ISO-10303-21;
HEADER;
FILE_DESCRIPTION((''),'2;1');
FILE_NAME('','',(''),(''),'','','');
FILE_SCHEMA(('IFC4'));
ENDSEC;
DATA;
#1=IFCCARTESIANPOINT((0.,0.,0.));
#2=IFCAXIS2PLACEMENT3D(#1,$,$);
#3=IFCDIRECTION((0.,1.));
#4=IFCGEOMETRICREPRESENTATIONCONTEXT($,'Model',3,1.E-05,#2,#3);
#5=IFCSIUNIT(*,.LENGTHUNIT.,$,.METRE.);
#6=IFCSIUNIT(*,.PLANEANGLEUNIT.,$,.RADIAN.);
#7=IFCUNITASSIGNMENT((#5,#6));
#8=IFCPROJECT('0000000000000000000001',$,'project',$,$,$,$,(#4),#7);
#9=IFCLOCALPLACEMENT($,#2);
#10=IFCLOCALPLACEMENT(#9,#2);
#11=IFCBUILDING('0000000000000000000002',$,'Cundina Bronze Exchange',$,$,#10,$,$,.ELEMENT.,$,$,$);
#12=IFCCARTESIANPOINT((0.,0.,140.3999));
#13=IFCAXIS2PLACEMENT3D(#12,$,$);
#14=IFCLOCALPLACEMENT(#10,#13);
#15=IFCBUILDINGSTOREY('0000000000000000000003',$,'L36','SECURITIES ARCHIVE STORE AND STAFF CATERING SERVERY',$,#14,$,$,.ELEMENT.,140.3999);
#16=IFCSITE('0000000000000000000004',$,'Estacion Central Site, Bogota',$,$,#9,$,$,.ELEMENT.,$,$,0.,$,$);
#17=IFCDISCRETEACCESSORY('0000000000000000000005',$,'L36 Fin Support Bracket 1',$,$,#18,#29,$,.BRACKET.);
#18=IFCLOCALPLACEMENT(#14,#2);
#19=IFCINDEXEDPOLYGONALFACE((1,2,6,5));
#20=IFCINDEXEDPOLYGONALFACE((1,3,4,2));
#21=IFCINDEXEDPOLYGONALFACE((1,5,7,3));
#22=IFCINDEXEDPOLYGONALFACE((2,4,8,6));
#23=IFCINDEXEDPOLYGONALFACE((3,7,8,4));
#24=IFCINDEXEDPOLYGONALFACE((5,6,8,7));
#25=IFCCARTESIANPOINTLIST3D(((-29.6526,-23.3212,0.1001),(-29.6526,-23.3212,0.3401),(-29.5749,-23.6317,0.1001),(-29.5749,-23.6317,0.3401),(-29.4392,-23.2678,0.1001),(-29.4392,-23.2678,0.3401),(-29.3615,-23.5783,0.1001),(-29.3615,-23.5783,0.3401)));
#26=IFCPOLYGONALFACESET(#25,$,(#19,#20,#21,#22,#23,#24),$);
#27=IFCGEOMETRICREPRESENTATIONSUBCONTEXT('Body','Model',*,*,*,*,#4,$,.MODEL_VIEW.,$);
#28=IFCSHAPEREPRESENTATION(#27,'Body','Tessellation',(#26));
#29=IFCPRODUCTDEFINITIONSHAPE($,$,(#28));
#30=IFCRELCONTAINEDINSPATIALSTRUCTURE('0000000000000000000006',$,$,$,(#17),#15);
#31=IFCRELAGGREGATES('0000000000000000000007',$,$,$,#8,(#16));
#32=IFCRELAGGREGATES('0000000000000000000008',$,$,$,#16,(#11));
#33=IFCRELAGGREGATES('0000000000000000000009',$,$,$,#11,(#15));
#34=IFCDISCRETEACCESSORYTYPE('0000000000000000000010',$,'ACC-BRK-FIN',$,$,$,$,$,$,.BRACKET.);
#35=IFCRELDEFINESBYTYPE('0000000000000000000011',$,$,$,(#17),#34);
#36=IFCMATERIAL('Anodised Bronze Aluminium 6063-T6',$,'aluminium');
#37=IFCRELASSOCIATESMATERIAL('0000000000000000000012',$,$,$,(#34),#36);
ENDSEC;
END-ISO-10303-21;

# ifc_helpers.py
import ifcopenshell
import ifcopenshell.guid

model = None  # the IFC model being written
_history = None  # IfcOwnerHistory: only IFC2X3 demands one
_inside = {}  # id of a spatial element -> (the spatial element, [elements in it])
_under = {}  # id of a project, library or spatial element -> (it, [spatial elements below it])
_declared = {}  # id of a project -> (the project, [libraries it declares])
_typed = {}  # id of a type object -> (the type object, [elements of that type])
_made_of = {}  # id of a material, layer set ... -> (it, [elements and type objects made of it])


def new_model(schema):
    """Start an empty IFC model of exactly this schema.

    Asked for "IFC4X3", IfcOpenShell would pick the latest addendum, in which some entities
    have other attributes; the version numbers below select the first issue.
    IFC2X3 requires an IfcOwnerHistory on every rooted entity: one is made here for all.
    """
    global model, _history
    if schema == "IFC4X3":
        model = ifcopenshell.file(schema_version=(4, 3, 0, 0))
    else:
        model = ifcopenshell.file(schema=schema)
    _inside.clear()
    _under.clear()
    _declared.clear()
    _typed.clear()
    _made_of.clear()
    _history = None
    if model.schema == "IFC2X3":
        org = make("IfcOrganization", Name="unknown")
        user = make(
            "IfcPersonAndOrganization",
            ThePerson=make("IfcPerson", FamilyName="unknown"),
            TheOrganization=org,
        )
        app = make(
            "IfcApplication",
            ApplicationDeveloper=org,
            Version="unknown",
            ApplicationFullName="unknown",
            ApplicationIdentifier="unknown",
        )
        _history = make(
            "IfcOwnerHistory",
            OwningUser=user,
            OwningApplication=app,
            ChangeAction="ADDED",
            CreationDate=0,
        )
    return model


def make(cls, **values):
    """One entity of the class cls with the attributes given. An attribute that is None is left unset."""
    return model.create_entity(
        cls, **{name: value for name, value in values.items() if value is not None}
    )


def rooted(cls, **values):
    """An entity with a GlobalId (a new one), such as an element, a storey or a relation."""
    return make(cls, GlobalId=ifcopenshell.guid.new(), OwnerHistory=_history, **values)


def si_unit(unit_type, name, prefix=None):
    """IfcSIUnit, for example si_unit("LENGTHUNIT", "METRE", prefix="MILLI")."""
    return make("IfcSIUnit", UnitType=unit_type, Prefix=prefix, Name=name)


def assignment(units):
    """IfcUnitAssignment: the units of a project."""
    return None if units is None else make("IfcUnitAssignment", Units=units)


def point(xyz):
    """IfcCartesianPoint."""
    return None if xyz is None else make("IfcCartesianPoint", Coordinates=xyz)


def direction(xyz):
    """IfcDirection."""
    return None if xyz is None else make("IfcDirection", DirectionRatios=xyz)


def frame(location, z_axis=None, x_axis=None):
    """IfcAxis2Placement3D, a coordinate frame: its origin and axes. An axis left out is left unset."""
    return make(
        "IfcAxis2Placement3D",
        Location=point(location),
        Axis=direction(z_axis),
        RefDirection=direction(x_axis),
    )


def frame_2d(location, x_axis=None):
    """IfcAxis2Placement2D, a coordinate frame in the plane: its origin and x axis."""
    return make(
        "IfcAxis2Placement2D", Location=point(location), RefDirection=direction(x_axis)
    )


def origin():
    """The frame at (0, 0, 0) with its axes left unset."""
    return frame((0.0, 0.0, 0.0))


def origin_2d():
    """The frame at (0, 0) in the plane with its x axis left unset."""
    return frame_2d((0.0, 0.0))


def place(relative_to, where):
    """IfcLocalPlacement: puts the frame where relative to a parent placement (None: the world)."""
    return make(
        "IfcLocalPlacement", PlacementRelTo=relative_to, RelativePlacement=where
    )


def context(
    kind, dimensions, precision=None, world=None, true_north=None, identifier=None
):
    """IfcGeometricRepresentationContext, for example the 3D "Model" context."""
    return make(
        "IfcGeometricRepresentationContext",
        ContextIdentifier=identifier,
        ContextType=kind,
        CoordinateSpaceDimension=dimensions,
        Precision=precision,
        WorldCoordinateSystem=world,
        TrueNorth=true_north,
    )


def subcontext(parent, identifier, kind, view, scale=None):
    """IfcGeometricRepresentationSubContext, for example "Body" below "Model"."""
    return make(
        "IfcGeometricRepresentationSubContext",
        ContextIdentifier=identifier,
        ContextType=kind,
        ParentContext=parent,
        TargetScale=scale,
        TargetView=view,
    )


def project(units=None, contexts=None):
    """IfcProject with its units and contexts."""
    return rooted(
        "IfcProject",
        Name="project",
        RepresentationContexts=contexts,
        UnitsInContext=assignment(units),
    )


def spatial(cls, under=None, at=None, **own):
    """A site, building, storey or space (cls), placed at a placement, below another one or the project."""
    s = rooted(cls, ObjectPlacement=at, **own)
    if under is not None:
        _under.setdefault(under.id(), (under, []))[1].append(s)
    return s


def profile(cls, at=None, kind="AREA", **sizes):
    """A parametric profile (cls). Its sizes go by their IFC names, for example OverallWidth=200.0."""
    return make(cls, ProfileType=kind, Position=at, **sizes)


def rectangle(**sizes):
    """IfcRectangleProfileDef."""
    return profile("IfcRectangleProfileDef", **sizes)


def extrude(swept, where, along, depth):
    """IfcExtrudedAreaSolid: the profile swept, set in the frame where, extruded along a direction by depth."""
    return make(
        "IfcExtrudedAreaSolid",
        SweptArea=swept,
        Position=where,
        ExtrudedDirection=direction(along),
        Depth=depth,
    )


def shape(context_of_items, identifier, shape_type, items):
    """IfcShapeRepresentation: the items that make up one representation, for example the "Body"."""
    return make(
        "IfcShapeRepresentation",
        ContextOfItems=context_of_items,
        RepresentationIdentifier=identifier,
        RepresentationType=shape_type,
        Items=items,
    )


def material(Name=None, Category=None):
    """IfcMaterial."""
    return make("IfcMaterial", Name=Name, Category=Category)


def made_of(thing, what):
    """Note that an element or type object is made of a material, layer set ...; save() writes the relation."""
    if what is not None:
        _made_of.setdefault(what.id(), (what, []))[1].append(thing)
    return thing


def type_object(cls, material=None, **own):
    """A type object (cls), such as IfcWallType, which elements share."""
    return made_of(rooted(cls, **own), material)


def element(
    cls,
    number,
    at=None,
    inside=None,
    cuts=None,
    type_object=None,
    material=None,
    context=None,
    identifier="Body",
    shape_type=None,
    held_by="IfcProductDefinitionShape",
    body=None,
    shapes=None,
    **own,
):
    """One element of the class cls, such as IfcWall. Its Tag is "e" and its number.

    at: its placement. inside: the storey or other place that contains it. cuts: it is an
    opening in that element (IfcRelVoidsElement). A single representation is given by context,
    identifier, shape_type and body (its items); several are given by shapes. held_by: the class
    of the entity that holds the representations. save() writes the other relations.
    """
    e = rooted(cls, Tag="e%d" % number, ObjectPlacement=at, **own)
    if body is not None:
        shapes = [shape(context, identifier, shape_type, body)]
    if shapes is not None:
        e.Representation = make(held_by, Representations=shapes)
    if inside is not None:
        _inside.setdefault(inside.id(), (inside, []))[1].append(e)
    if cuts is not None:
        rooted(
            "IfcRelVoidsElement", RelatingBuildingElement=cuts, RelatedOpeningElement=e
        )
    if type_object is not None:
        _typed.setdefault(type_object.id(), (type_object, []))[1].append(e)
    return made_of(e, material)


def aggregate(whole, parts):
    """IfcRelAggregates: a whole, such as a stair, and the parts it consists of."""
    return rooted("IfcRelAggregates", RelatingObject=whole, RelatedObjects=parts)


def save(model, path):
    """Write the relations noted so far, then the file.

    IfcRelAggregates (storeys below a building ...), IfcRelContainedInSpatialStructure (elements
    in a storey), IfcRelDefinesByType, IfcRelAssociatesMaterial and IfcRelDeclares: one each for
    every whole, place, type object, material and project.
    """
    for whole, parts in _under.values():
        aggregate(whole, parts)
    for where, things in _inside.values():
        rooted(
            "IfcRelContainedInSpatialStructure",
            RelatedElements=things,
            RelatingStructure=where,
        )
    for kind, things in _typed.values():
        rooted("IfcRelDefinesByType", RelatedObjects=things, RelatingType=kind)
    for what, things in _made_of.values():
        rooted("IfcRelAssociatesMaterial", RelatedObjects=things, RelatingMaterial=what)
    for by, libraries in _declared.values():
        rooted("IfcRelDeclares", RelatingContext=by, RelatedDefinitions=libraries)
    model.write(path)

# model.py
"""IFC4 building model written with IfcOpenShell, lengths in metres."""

from ifc_helpers import new_model, si_unit, direction, frame, origin, origin_2d, place, context, subcontext, project, spatial, rectangle, extrude, material, type_object, element, save


model = new_model("IFC4")

# Units and contexts
model_context = context("Model", 3, precision=1e-05, world=origin(), true_north=direction((0.0, 1.0)))
body_context = subcontext(model_context, "Body", "Model", "MODEL_VIEW")
ifc_project = project(units=[si_unit("LENGTHUNIT", "METRE"), si_unit("PLANEANGLEUNIT", "RADIAN")], contexts=[model_context])

# Site, building, storey
site_placement = place(None, origin())
site = spatial("IfcSite", under=ifc_project, at=site_placement, Name="Estacion Central Site, Bogota", CompositionType="ELEMENT", RefElevation=0.0)
building_placement = place(site_placement, origin())
building = spatial("IfcBuilding", under=site, at=building_placement, Name="Cundina Bronze Exchange", CompositionType="ELEMENT")
storey_placement = place(building_placement, frame((0.0, 0.0, 140.3999)))
storey = spatial("IfcBuildingStorey", under=building, at=storey_placement, Name="L36", Description="SECURITIES ARCHIVE STORE AND STAFF CATERING SERVERY", CompositionType="ELEMENT", Elevation=140.3999)

# Shared definitions
ifc_material_1 = material(Name="Anodised Bronze Aluminium 6063-T6", Category="aluminium")

# Discrete accessory
discrete_accessory_type = type_object("IfcDiscreteAccessoryType", Name="ACC-BRK-FIN", PredefinedType="BRACKET", material=ifc_material_1)
for number, where, z_axis, x_axis, name in (
    (1, (-29.5071, -23.4497, 0.1001), (0.0, 0.0, 1.0), (0.970093, 0.242735, 0.0), "L36 Fin Support Bracket 1"),
):
    element("IfcDiscreteAccessory", number, at=place(storey_placement, frame(where, z_axis=z_axis, x_axis=x_axis)), inside=storey, type_object=discrete_accessory_type, Name=name, PredefinedType="BRACKET", context=body_context, shape_type="SweptSolid", body=[
        extrude(rectangle(XDim=0.22, YDim=0.3201, at=origin_2d()), origin(), (0.0, 0.0, 1.0), 0.24),
    ])

save(model, "model.ifc")
